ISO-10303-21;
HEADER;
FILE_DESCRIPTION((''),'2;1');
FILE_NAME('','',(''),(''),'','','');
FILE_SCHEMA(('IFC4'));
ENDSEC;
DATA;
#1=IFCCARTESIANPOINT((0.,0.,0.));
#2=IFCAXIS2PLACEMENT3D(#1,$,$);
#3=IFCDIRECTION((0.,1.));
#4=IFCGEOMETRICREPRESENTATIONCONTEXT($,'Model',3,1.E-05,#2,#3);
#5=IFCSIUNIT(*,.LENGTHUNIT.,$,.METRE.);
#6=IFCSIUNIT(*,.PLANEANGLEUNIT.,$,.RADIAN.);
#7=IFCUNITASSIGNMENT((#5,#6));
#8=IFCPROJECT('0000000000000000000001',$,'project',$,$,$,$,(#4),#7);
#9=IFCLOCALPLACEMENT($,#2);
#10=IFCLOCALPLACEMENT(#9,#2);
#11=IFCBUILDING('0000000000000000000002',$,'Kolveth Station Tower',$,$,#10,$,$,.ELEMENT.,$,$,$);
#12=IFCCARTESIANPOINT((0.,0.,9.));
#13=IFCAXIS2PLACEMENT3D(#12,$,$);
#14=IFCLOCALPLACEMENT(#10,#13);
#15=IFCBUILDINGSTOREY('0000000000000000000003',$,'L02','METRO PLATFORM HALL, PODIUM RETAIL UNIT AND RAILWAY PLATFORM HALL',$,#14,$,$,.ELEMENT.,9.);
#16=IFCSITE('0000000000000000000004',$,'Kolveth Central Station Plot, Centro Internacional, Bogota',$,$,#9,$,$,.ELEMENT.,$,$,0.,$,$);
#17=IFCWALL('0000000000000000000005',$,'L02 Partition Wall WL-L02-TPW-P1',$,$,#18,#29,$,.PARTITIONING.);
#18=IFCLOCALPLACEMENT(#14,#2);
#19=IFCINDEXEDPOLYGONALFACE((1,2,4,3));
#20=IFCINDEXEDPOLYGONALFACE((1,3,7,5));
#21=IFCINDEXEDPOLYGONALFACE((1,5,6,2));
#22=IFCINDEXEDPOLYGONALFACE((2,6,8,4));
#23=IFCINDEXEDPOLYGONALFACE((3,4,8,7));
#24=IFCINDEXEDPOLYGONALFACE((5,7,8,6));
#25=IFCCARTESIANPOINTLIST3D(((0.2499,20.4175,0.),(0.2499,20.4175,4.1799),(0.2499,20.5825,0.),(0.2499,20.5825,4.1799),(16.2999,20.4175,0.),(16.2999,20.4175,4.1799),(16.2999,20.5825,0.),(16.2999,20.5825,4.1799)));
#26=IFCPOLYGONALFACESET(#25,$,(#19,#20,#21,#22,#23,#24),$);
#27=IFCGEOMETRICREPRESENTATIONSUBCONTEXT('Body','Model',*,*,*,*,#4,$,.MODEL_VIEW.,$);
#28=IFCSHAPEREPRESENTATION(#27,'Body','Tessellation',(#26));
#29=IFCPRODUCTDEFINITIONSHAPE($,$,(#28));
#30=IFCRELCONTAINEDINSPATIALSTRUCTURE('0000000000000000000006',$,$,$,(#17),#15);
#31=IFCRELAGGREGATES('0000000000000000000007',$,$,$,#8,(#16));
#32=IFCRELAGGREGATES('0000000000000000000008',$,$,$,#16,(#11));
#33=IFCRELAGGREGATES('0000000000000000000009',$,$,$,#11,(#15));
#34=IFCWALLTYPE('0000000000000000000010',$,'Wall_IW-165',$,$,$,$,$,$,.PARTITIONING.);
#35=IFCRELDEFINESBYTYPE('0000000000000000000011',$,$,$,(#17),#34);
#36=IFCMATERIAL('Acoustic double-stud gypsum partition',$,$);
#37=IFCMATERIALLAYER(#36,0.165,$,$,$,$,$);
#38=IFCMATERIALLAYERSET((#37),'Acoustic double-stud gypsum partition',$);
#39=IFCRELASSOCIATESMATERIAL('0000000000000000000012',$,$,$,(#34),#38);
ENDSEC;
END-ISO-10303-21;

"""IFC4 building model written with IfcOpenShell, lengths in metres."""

from ifc_helpers import new_model, si_unit, direction, frame, frame_2d, origin, place, context, subcontext, project, spatial, rectangle, extrude, material, layer, layer_set, type_object, element, save


model = new_model("IFC4")

# Units and contexts
model_context = context("Model", 3, precision=1e-05, world=origin(), true_north=direction((0.0, 1.0)))
body_context = subcontext(model_context, "Body", "Model", "MODEL_VIEW")
ifc_project = project(units=[si_unit("LENGTHUNIT", "METRE"), si_unit("PLANEANGLEUNIT", "RADIAN")], contexts=[model_context])

# Site, building, storey
site_placement = place(None, origin())
site = spatial("IfcSite", under=ifc_project, at=site_placement, Name="Kolveth Central Station Plot, Centro Internacional, Bogota", CompositionType="ELEMENT", RefElevation=0.0)
building_placement = place(site_placement, origin())
building = spatial("IfcBuilding", under=site, at=building_placement, Name="Kolveth Station Tower", CompositionType="ELEMENT")
storey_placement = place(building_placement, frame((0.0, 0.0, 9.0)))
storey = spatial("IfcBuildingStorey", under=building, at=storey_placement, Name="L02", Description="METRO PLATFORM HALL, PODIUM RETAIL UNIT AND RAILWAY PLATFORM HALL", CompositionType="ELEMENT", Elevation=9.0)

# Wall
ifc_material_1 = material(Name="Acoustic double-stud gypsum partition")
ifc_layer = layer(ifc_material_1, 0.165)
ifc_layer_set = layer_set([ifc_layer], Name="Acoustic double-stud gypsum partition")
wall_type = type_object("IfcWallType", Name="Wall_IW-165", PredefinedType="PARTITIONING", material=ifc_layer_set)
wall_placement = place(storey_placement, frame((0.25, 20.5, 0.0), z_axis=(0.0, 0.0, 1.0), x_axis=(1.0, 0.0, 0.0)))
element("IfcWall", 1, at=wall_placement, inside=storey, type_object=wall_type, Name="L02 Partition Wall WL-L02-TPW-P1", PredefinedType="PARTITIONING", context=body_context, shape_type="SweptSolid", body=[
    extrude(rectangle(XDim=16.05, YDim=0.165, at=frame_2d((8.0249, 0.0))), origin(), (0.0, 0.0, 1.0), 4.1799),
])

save(model, "model.ifc")
